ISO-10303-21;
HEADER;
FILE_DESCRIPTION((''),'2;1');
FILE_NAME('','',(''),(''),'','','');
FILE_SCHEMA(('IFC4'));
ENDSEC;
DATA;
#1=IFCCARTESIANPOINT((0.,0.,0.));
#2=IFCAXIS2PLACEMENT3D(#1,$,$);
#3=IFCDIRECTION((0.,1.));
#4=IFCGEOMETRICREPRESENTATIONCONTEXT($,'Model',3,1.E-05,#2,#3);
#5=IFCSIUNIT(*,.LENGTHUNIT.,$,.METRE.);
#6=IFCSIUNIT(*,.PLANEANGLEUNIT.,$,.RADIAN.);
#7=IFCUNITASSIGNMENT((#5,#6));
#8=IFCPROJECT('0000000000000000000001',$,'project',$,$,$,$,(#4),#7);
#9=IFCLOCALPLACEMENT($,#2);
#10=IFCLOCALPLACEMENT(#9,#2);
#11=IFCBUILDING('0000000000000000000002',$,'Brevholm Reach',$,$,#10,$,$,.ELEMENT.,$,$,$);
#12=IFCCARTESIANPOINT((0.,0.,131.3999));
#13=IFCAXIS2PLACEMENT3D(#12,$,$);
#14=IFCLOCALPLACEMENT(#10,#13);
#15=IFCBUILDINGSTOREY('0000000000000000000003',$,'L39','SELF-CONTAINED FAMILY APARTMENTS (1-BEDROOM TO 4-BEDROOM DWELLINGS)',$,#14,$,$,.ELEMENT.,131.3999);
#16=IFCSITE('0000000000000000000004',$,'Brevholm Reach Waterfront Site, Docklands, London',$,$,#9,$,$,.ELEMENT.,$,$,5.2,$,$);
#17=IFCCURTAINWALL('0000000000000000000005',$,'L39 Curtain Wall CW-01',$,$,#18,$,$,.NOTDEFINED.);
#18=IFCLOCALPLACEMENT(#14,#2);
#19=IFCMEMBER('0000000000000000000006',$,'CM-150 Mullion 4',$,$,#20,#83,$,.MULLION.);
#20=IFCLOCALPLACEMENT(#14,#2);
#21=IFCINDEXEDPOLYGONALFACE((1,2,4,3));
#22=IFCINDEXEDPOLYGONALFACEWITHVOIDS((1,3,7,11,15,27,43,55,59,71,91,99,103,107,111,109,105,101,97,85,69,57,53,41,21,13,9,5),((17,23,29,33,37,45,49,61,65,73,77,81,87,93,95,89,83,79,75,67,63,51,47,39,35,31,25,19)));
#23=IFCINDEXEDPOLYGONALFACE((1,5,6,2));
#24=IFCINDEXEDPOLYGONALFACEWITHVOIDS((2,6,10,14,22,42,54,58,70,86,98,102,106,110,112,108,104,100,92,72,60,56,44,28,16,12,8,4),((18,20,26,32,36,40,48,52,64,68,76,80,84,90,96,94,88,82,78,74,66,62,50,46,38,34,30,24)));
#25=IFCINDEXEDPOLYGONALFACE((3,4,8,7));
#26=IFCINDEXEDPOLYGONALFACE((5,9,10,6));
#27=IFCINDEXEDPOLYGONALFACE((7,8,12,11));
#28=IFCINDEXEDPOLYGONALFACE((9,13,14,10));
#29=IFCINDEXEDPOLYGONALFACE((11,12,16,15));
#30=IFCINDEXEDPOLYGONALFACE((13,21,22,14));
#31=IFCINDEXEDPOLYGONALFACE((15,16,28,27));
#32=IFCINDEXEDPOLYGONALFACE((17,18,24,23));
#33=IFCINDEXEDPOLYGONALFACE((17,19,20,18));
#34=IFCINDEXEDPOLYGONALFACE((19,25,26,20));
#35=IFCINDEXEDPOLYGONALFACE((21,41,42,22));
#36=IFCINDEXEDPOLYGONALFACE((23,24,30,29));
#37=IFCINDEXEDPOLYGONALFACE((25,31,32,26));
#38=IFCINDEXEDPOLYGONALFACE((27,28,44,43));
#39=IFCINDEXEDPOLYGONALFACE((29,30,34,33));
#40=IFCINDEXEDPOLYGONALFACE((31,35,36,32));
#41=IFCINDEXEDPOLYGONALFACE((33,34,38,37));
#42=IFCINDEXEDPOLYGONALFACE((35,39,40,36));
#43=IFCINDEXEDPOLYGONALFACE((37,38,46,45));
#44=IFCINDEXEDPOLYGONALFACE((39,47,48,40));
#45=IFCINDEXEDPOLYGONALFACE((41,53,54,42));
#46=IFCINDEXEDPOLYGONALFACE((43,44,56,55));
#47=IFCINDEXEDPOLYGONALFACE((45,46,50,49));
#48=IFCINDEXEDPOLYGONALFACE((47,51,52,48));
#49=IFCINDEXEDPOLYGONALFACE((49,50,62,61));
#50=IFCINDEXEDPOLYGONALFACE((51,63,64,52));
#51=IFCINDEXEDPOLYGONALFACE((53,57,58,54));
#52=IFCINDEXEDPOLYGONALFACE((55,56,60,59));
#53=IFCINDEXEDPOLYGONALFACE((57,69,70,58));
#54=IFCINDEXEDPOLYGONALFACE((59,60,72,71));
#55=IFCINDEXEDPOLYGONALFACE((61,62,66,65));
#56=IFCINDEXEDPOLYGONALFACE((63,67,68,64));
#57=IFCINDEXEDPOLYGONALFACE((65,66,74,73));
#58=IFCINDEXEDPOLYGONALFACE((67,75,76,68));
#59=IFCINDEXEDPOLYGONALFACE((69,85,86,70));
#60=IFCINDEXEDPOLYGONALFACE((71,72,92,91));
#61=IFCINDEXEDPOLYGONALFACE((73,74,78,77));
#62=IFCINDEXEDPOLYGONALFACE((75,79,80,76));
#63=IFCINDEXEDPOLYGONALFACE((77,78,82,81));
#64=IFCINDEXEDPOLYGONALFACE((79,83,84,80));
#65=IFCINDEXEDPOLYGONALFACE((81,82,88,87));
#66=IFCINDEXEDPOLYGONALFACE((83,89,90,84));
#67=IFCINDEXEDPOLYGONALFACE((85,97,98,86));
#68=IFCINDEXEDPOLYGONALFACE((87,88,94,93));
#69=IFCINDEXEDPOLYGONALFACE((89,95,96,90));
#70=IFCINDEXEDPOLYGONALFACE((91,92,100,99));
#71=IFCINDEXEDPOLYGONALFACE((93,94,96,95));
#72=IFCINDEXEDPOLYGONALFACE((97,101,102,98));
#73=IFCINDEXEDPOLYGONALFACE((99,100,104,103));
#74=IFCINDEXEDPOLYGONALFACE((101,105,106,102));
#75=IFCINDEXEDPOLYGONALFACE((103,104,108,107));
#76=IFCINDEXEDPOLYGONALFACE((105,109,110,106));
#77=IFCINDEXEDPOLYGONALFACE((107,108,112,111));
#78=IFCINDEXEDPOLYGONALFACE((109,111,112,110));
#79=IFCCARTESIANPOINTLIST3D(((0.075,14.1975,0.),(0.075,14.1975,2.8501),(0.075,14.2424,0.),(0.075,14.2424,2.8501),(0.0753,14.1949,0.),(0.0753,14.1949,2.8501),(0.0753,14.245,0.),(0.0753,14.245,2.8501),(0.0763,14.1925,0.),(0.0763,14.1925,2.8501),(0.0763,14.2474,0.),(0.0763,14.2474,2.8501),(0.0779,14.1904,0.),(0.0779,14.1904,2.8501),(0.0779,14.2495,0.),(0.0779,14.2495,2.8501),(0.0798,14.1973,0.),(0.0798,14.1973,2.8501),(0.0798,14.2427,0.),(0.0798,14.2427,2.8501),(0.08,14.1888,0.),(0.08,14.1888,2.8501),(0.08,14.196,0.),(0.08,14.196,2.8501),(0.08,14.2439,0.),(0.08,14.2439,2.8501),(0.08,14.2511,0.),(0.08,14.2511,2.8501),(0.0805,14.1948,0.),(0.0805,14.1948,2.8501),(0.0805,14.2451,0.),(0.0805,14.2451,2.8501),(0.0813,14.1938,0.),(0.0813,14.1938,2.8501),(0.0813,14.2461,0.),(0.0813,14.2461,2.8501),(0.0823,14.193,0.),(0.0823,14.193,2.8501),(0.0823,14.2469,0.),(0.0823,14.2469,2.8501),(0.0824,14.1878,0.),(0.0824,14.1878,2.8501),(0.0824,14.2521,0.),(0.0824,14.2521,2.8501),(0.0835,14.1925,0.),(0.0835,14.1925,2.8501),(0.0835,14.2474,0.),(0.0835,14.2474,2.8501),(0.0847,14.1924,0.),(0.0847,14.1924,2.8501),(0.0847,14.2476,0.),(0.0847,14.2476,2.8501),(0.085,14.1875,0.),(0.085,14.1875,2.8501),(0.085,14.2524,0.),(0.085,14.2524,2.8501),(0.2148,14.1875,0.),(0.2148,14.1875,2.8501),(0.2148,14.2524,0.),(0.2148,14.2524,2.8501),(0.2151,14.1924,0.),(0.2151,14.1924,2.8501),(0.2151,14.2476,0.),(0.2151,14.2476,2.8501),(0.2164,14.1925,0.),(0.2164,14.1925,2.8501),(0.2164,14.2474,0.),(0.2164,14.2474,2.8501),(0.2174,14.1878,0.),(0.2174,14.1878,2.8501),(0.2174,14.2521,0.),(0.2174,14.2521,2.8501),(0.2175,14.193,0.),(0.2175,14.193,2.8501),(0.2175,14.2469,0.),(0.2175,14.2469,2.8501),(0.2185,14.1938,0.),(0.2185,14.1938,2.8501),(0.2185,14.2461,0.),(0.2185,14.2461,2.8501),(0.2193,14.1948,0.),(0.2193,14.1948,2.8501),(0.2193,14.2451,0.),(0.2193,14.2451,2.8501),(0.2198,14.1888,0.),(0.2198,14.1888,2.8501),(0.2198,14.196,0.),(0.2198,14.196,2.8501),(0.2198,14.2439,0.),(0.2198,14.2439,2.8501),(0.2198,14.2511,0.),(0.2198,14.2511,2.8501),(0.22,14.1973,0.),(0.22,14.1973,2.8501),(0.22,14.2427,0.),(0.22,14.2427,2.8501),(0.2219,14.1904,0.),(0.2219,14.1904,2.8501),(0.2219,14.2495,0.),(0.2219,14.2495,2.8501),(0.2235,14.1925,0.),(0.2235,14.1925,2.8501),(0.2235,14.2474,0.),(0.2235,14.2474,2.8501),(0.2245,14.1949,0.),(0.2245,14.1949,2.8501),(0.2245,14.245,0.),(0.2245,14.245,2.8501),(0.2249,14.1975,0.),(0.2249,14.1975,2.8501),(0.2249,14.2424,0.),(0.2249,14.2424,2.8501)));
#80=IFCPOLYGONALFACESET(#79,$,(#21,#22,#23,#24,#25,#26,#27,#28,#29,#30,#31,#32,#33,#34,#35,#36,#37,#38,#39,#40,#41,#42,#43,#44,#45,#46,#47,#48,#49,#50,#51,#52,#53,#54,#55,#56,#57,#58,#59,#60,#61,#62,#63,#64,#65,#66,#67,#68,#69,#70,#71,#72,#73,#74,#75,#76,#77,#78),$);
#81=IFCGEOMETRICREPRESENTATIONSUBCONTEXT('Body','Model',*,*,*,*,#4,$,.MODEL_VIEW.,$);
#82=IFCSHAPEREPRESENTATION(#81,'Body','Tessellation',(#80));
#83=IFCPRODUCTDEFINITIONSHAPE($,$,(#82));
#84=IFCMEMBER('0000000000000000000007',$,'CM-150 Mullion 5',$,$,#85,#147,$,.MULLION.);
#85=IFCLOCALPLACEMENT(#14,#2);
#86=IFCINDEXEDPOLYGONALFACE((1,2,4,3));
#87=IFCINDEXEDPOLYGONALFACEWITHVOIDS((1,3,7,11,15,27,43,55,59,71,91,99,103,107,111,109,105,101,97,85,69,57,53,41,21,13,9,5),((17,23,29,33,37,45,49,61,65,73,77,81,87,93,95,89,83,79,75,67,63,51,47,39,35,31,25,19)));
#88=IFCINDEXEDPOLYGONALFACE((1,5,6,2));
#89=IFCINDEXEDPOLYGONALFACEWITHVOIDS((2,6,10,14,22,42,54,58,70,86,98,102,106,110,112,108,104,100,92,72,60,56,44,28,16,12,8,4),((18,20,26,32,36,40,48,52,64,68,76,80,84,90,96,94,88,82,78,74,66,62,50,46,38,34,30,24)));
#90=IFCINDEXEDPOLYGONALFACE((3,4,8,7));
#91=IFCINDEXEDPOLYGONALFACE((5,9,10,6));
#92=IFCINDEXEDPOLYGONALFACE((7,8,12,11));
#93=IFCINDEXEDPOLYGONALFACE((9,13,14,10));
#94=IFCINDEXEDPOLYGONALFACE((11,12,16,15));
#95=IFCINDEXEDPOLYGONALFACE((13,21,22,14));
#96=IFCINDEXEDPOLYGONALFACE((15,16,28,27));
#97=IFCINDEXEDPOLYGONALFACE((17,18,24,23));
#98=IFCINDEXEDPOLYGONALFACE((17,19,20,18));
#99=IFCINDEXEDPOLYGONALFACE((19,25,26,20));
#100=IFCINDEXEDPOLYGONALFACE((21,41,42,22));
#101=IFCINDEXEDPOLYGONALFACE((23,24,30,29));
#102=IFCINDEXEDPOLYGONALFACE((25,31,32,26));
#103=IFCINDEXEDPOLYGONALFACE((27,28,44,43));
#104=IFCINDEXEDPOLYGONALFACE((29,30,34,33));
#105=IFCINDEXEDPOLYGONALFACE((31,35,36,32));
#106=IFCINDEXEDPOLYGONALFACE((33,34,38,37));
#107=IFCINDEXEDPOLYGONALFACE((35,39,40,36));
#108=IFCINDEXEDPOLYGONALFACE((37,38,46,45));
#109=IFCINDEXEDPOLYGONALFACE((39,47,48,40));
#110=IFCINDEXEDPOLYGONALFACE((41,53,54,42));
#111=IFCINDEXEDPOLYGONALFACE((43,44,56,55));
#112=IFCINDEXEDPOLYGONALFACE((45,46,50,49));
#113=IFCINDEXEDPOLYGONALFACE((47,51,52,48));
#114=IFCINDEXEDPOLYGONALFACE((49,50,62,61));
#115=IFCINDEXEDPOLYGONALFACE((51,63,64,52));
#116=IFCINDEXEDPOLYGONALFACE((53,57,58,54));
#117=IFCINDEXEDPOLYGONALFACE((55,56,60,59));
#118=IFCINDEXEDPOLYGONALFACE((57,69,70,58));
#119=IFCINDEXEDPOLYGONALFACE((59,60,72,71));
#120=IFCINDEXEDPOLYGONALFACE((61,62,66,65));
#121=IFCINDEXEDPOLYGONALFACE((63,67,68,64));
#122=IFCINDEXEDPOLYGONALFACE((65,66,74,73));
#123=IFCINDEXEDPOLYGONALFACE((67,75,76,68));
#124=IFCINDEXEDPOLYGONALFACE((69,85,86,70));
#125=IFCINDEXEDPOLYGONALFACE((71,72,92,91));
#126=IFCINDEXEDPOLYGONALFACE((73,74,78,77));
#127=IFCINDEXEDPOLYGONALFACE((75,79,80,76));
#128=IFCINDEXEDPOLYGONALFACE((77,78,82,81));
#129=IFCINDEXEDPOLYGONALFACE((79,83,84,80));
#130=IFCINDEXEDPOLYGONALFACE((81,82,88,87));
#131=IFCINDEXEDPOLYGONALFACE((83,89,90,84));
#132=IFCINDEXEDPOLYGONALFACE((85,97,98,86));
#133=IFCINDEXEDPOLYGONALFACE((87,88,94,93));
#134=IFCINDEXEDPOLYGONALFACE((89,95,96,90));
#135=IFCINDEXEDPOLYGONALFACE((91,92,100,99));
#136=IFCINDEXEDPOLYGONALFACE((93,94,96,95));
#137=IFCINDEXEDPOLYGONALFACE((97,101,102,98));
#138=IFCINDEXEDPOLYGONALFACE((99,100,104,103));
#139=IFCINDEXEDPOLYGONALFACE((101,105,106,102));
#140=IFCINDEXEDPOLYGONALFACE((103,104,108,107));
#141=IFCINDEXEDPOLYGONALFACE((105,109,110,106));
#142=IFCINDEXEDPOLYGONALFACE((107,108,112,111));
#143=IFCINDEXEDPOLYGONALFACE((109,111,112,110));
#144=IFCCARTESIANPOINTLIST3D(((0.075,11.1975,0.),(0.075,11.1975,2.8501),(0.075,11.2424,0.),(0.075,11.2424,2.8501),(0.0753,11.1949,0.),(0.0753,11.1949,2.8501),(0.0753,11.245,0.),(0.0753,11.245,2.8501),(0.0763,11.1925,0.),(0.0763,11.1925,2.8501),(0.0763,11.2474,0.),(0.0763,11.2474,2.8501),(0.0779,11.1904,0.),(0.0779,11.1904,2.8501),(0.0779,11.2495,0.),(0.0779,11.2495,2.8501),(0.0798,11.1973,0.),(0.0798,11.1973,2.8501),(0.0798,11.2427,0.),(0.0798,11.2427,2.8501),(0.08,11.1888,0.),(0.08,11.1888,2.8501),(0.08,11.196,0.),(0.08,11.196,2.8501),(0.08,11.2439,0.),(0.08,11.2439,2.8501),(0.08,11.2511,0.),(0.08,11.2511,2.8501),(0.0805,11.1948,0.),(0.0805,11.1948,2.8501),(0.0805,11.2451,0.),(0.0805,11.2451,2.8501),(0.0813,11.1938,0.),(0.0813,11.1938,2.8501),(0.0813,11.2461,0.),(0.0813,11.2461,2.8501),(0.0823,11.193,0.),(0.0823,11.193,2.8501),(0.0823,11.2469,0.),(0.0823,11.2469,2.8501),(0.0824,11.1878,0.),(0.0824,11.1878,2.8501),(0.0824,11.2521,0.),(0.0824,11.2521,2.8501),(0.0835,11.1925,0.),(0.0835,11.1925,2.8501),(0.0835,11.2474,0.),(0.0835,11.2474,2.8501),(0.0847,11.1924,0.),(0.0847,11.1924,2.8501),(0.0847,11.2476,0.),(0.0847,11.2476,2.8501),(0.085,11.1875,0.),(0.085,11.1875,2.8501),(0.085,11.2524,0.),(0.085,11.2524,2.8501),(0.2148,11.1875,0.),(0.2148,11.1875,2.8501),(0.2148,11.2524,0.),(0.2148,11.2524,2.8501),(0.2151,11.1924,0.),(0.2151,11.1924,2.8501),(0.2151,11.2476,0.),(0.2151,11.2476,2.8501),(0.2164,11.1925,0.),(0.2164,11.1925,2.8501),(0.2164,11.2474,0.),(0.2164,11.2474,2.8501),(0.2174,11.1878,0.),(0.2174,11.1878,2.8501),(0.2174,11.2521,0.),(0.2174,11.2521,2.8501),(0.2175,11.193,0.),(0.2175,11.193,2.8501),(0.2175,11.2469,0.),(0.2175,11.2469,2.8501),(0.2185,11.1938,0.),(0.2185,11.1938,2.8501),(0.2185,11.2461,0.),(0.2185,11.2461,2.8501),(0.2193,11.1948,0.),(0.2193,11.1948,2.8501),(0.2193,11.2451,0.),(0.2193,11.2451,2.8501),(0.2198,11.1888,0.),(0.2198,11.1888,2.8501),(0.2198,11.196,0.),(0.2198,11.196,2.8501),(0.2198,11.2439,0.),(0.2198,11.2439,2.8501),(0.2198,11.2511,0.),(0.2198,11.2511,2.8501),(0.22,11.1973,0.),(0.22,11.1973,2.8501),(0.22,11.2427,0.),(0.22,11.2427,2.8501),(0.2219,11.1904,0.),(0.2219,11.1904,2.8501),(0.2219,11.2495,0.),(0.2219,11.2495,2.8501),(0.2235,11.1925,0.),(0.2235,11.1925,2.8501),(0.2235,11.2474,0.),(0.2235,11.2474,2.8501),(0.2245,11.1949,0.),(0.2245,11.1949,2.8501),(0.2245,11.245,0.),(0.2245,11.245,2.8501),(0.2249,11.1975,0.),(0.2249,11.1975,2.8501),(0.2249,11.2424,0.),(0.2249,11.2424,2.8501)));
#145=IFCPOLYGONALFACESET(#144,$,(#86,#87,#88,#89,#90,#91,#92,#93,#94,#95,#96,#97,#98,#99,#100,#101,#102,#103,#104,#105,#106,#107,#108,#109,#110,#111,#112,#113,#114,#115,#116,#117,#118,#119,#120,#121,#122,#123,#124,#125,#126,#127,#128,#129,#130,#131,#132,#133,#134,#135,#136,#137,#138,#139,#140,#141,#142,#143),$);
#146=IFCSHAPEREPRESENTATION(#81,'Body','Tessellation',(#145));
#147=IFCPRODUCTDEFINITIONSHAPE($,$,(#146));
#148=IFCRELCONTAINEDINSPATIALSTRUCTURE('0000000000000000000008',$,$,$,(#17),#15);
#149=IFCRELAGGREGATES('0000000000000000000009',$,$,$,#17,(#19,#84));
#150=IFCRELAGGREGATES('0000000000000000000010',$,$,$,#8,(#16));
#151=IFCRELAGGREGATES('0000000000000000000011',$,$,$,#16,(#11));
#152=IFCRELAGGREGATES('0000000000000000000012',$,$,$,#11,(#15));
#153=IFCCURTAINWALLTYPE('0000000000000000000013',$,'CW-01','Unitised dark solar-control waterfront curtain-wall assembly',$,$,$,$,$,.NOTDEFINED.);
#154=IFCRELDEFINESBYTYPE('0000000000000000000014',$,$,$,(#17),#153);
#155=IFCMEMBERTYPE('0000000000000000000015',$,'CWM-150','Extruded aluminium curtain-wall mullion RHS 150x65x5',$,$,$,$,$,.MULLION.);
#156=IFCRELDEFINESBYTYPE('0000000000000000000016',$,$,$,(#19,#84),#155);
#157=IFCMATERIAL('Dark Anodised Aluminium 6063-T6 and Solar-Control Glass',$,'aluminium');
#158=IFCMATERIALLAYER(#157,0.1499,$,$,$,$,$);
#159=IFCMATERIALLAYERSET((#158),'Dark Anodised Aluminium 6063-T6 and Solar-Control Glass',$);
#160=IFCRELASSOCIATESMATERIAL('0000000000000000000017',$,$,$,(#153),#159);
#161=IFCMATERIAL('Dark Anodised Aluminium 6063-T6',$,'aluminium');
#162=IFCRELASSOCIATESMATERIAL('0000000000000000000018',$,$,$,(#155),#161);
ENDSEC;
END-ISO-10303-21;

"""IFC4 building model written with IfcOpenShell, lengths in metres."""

from ifc_helpers import new_model, si_unit, direction, frame, origin, origin_2d, place, context, subcontext, project, spatial, hollow_rectangle, extrude, material, layer, layer_set, material_profile, profile_set, type_object, element, aggregate, save


model = new_model("IFC4")

# Units and contexts
model_context = context("Model", 3, precision=1e-05, world=origin(), true_north=direction((0.0, 1.0)))
body_context = subcontext(model_context, "Body", "Model", "MODEL_VIEW")
ifc_project = project(units=[si_unit("LENGTHUNIT", "METRE"), si_unit("PLANEANGLEUNIT", "RADIAN")], contexts=[model_context])

# Site, building, storey
site_placement = place(None, origin())
site = spatial("IfcSite", under=ifc_project, at=site_placement, Name="Brevholm Reach Waterfront Site, Docklands, London", CompositionType="ELEMENT", RefElevation=5.2)
building_placement = place(site_placement, origin())
building = spatial("IfcBuilding", under=site, at=building_placement, Name="Brevholm Reach", CompositionType="ELEMENT")
storey_placement = place(building_placement, frame((0.0, 0.0, 131.3999)))
storey = spatial("IfcBuildingStorey", under=building, at=storey_placement, Name="L39", Description="SELF-CONTAINED FAMILY APARTMENTS (1-BEDROOM TO 4-BEDROOM DWELLINGS)", CompositionType="ELEMENT", Elevation=131.3999)

# Curtain wall, members
ifc_material_1 = material(Name="Dark Anodised Aluminium 6063-T6 and Solar-Control Glass", Category="aluminium")
ifc_layer_1 = layer(ifc_material_1, 0.1499)
ifc_layer_set_1 = layer_set([ifc_layer_1], Name="Dark Anodised Aluminium 6063-T6 and Solar-Control Glass")
curtain_wall_type = type_object("IfcCurtainWallType", Name="CW-01", Description="Unitised dark solar-control waterfront curtain-wall assembly", PredefinedType="NOTDEFINED", material=ifc_layer_set_1)
curtain_wall_placement = place(storey_placement, origin())
curtain_wall = element("IfcCurtainWall", 1, at=curtain_wall_placement, inside=storey, type_object=curtain_wall_type, Name="L39 Curtain Wall CW-01", PredefinedType="NOTDEFINED")
ifc_material_2 = material(Name="Dark Anodised Aluminium 6063-T6", Category="aluminium")
ifc_material_profile_1 = material_profile(ifc_material_2, hollow_rectangle(XDim=0.0649, YDim=0.1499, WallThickness=0.0049, InnerFilletRadius=0.0049, OuterFilletRadius=0.01, at=origin_2d()), Name="RHS 150x65x5")
ifc_profile_set_1 = profile_set([ifc_material_profile_1], Name="Dark Anodised Aluminium 6063-T6")
member_type_1 = type_object("IfcMemberType", Name="CWM-150", Description="Extruded aluminium curtain-wall mullion RHS 150x65x5", PredefinedType="MULLION", material=ifc_profile_set_1)
member_1_placement = place(storey_placement, frame((0.1499, 14.22, 0.0), z_axis=(0.0, 0.0, 1.0), x_axis=(0.0, -1.0, 0.0)))
member_1 = element("IfcMember", 2, at=member_1_placement, type_object=member_type_1, Name="CM-150 Mullion 4", PredefinedType="MULLION", context=body_context, shape_type="SweptSolid", body=[
    extrude(hollow_rectangle(XDim=0.0649, YDim=0.1499, WallThickness=0.0049, InnerFilletRadius=0.0049, OuterFilletRadius=0.01, at=origin_2d()), origin(), (0.0, 0.0, 1.0), 2.8501),
])
member_2_placement = place(storey_placement, frame((0.1499, 11.22, 0.0), z_axis=(0.0, 0.0, 1.0), x_axis=(0.0, -1.0, 0.0)))
member_2 = element("IfcMember", 3, at=member_2_placement, type_object=member_type_1, Name="CM-150 Mullion 5", PredefinedType="MULLION", context=body_context, shape_type="SweptSolid", body=[
    extrude(hollow_rectangle(XDim=0.0649, YDim=0.1499, WallThickness=0.0049, InnerFilletRadius=0.0049, OuterFilletRadius=0.01, at=origin_2d()), origin(), (0.0, 0.0, 1.0), 2.8501),
])
aggregate(curtain_wall, [member_1, member_2])

save(model, "model.ifc")
